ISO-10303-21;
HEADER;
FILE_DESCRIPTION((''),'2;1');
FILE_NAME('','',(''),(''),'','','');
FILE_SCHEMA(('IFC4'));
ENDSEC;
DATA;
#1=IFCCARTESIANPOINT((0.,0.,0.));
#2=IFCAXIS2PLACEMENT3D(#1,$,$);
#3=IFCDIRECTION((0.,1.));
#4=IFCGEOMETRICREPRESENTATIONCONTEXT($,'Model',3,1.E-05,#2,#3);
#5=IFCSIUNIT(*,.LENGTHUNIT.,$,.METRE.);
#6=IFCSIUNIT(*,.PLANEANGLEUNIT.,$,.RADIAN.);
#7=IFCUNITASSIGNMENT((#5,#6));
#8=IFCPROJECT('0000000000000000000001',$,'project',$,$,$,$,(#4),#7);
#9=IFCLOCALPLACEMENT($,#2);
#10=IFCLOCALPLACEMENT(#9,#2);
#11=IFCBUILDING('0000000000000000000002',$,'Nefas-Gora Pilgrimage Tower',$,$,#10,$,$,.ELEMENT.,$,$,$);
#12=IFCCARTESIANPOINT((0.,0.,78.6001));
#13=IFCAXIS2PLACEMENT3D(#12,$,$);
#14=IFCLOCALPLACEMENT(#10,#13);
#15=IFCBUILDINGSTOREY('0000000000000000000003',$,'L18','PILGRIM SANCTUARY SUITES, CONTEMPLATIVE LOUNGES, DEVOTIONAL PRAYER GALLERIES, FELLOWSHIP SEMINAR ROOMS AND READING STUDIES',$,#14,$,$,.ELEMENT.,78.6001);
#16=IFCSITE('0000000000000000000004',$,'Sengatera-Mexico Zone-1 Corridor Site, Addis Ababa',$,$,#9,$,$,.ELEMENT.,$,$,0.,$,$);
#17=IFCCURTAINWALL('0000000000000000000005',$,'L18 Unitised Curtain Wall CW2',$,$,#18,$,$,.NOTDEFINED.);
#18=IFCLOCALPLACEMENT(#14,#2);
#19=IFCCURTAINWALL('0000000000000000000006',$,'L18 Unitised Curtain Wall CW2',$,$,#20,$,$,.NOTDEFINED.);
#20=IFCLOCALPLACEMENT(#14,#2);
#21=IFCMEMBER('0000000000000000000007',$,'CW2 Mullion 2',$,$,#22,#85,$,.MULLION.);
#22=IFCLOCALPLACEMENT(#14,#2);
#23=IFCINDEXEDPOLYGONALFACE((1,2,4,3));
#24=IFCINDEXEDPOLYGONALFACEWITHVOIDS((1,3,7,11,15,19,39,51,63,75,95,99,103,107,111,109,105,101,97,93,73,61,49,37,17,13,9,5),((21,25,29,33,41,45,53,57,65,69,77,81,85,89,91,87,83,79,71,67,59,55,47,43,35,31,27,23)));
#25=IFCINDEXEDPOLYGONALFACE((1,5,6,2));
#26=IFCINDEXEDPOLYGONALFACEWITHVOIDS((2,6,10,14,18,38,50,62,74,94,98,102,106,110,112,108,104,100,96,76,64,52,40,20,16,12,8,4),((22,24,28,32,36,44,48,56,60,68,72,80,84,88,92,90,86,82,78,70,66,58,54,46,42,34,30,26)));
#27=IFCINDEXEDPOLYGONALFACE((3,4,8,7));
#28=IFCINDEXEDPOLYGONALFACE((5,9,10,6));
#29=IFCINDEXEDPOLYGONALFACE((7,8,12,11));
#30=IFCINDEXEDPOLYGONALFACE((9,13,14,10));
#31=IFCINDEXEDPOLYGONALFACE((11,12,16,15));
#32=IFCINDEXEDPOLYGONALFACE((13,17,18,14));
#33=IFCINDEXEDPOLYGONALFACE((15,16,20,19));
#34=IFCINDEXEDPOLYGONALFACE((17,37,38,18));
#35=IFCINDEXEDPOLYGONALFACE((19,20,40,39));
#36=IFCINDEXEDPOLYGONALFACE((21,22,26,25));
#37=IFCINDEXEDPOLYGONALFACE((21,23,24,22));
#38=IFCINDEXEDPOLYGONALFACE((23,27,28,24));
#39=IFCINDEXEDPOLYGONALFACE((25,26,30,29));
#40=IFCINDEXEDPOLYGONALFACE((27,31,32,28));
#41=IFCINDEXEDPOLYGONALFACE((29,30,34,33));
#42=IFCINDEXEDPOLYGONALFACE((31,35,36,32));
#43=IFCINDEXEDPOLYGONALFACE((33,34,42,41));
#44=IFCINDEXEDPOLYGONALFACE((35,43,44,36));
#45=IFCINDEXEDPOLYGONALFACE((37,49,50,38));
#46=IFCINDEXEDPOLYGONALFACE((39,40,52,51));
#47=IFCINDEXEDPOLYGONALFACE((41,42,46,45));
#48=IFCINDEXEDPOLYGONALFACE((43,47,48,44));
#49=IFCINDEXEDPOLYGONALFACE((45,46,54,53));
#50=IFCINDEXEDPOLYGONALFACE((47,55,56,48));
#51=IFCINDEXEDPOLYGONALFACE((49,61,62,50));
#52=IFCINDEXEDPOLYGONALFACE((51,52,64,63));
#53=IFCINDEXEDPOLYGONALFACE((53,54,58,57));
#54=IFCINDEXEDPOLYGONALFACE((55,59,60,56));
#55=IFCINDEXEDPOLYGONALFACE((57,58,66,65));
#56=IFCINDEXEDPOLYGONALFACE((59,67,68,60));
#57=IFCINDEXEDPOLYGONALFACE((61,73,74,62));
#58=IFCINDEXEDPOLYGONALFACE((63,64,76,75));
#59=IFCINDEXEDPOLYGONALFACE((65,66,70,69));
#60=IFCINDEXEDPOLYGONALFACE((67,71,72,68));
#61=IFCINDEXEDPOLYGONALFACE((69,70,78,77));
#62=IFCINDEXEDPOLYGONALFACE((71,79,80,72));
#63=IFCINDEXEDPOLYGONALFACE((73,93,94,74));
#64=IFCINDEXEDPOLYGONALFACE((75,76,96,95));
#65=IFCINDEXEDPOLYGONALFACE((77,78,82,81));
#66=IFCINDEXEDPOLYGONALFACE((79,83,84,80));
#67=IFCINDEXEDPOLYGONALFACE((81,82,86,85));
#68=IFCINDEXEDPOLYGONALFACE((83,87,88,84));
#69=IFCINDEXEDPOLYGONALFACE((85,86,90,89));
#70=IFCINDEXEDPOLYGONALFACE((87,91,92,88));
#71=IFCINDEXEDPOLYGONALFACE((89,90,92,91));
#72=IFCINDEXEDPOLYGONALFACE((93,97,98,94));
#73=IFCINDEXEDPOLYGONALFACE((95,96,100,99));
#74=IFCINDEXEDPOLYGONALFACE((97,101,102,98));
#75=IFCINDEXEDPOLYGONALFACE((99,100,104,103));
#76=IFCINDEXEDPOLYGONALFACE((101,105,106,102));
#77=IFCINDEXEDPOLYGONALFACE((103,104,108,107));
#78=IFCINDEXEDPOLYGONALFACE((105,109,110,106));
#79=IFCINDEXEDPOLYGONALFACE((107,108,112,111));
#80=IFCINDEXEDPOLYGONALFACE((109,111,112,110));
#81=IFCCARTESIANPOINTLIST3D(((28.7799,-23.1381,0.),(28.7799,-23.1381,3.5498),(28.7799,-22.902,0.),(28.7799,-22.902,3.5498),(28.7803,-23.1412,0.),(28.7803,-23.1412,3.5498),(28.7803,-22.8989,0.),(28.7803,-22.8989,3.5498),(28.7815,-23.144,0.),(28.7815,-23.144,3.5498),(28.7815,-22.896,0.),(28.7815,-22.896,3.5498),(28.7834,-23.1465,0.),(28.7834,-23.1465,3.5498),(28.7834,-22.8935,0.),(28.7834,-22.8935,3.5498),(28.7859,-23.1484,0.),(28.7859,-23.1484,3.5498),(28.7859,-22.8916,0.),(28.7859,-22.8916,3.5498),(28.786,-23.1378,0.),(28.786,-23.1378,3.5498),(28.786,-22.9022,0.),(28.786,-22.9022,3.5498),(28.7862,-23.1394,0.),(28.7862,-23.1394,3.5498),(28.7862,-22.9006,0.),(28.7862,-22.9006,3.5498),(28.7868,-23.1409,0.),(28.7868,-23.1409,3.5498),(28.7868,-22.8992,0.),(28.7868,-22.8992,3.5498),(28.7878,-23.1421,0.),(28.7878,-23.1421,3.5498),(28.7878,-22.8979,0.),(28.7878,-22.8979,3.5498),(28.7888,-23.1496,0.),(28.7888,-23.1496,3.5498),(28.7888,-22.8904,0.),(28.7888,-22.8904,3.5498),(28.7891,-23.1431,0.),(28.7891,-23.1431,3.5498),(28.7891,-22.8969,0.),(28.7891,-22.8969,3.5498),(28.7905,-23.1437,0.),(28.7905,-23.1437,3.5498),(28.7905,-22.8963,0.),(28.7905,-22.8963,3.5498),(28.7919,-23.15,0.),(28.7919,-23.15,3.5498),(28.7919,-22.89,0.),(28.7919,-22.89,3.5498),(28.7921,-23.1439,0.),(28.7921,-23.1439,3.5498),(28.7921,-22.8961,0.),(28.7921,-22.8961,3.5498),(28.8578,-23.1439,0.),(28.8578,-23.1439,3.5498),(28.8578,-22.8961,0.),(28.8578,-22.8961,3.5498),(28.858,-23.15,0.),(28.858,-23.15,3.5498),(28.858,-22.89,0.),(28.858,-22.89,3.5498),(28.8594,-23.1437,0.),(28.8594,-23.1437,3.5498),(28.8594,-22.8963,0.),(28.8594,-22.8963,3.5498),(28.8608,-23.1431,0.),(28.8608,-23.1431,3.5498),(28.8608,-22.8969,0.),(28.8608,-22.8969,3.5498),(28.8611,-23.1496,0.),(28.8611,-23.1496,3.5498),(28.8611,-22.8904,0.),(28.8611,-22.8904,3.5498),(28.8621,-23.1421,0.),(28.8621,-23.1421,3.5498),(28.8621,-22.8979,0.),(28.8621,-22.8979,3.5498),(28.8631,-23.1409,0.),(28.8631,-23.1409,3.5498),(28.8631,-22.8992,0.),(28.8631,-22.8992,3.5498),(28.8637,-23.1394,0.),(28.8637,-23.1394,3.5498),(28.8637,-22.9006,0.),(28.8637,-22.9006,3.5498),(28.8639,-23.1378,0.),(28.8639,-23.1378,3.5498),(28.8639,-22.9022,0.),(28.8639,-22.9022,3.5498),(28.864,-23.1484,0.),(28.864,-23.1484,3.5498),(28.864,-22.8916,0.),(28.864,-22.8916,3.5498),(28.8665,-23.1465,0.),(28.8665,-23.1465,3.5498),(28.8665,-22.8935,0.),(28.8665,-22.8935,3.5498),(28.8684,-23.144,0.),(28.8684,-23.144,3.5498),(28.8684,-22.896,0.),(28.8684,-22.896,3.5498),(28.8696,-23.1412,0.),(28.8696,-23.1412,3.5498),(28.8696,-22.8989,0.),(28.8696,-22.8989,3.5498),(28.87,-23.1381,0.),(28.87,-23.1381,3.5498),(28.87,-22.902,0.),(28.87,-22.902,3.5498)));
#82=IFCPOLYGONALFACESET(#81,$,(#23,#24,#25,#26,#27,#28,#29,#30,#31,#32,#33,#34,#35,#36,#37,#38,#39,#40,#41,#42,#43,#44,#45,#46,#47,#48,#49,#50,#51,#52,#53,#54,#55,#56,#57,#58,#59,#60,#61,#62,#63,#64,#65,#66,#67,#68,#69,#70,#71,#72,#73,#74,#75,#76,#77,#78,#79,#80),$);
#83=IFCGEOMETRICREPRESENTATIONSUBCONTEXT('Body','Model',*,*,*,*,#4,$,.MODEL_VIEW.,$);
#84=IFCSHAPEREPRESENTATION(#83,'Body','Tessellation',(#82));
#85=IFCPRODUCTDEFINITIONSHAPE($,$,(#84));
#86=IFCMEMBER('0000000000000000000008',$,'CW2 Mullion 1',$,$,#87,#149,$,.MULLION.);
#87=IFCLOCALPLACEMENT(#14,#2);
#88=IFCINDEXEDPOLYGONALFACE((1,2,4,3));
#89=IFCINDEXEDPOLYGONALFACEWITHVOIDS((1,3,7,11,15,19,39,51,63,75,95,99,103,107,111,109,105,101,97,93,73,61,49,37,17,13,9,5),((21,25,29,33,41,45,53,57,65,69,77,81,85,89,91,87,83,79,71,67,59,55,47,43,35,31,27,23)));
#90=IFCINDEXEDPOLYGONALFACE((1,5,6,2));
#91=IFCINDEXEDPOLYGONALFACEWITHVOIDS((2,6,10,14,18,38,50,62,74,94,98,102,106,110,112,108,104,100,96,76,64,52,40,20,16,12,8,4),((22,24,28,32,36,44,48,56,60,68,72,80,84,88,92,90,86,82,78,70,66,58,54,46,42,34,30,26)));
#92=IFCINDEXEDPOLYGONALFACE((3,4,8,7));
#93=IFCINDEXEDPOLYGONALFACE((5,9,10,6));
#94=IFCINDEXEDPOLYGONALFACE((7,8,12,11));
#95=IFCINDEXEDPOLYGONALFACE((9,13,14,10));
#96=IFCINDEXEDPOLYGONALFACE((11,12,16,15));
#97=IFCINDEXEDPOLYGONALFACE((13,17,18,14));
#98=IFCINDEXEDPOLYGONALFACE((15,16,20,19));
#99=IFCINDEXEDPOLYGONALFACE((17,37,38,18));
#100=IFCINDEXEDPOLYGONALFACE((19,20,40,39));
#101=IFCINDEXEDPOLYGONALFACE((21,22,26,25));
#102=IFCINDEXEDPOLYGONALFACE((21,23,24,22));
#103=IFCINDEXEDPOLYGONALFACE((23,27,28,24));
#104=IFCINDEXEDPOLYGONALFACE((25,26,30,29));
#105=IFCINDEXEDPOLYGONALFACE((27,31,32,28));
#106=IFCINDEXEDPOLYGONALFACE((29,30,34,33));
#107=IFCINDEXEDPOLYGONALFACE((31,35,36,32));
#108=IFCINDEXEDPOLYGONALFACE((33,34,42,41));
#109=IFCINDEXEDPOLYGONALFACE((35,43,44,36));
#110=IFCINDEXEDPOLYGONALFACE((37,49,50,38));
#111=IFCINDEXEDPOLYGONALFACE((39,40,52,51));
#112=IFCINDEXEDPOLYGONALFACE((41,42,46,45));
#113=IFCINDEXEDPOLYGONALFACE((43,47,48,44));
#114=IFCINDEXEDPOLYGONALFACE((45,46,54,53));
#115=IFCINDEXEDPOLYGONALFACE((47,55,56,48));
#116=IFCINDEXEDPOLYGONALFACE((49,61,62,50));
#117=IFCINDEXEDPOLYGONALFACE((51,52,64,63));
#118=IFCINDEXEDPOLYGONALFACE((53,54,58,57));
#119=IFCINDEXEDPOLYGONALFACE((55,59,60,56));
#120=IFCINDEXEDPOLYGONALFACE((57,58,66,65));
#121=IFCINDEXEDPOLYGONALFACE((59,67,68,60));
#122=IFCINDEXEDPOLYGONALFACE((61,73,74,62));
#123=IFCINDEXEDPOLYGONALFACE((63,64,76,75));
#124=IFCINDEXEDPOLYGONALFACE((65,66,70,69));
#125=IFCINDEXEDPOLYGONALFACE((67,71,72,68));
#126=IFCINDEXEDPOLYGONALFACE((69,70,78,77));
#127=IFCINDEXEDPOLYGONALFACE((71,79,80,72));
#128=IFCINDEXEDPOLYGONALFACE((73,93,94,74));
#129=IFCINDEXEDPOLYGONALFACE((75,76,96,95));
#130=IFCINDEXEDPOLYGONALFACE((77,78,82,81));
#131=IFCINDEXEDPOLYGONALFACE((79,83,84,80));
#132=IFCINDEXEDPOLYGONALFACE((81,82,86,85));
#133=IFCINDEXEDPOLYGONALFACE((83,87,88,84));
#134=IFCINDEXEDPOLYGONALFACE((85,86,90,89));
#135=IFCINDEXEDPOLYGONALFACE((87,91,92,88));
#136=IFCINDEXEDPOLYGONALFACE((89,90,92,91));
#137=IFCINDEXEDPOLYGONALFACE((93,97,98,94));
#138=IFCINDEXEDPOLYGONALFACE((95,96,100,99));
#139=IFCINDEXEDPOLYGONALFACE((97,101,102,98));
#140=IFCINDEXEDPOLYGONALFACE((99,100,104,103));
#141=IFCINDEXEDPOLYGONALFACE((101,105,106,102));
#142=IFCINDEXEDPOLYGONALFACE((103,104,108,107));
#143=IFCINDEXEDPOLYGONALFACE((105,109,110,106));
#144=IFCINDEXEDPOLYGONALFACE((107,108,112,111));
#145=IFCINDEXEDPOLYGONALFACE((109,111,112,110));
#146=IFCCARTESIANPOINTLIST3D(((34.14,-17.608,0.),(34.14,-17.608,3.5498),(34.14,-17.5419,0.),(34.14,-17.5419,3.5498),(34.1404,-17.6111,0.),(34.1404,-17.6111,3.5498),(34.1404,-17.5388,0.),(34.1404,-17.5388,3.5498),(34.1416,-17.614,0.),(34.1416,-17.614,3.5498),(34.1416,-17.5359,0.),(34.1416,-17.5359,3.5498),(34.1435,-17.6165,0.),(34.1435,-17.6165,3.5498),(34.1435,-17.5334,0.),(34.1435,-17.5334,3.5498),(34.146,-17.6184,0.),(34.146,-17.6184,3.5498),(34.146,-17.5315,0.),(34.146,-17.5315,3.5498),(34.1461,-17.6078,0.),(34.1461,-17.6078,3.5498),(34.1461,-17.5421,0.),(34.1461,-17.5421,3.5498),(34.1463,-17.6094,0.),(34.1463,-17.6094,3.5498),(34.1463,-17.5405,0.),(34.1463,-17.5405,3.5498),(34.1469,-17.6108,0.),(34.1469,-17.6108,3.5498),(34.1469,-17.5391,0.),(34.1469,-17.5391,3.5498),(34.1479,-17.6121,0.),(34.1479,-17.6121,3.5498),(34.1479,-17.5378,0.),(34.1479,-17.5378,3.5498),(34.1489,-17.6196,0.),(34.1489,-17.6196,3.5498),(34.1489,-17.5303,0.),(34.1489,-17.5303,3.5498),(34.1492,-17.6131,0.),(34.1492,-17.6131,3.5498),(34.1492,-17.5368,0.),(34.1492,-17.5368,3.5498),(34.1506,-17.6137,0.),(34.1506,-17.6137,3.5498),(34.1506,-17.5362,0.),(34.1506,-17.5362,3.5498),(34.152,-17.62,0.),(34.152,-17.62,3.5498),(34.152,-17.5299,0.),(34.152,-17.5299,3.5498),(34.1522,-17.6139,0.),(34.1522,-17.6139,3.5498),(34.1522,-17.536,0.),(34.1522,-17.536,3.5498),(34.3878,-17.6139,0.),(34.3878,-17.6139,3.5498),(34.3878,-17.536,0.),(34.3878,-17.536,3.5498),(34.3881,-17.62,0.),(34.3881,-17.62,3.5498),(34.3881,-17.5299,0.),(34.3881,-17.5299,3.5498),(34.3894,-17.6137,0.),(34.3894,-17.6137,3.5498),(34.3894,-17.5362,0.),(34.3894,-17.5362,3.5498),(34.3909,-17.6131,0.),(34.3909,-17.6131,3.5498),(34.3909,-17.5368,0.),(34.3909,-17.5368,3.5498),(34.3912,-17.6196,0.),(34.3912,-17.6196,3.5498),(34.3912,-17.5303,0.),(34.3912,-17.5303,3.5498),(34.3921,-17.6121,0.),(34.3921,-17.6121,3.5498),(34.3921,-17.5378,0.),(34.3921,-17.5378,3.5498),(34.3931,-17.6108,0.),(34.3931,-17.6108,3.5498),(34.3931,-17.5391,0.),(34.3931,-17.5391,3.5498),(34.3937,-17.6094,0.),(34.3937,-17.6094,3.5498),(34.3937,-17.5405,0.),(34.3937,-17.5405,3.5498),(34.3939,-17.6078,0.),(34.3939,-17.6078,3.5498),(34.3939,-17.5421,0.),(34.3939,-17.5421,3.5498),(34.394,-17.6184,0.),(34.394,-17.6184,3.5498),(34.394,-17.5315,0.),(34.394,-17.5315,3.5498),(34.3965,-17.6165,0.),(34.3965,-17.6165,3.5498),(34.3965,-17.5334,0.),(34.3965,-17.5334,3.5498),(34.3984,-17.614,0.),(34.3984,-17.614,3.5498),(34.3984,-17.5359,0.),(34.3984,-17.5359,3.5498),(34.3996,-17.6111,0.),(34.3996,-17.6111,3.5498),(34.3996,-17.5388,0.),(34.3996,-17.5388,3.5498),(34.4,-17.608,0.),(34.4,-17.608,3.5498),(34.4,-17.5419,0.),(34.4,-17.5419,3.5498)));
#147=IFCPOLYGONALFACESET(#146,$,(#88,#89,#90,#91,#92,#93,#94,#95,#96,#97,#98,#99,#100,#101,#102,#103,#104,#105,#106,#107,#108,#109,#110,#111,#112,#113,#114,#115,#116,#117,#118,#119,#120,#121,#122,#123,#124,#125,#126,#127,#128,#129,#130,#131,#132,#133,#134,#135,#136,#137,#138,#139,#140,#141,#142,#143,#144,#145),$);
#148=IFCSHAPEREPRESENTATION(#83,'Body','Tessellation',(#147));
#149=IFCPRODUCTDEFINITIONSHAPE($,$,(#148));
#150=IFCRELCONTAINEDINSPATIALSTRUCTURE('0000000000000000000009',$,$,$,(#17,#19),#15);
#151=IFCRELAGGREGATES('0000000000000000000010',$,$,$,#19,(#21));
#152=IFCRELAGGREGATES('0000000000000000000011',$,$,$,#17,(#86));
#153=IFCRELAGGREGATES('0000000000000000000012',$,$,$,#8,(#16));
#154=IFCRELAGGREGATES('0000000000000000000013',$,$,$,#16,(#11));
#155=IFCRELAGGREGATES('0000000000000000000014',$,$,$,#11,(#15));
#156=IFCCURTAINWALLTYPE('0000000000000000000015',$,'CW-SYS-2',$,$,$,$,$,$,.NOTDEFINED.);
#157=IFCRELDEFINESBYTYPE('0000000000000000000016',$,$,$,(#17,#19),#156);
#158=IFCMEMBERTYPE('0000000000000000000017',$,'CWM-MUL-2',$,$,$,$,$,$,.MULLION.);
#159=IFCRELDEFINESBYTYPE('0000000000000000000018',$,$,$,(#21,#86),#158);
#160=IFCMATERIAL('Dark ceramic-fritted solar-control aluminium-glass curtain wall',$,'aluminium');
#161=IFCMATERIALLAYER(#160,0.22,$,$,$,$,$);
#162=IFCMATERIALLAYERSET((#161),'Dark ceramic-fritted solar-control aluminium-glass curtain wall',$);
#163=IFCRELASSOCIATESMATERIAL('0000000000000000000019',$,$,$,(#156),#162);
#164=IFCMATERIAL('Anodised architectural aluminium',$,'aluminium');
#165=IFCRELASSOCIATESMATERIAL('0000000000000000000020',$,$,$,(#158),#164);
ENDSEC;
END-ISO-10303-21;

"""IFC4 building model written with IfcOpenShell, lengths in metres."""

from ifc_helpers import new_model, si_unit, direction, frame, origin, origin_2d, place, context, subcontext, project, spatial, hollow_rectangle, extrude, source, transform, mapped, material, layer, layer_set, material_profile, profile_set, type_object, element, aggregate, save


model = new_model("IFC4")

# Units and contexts
model_context = context("Model", 3, precision=1e-05, world=origin(), true_north=direction((0.0, 1.0)))
body_context = subcontext(model_context, "Body", "Model", "MODEL_VIEW")
ifc_project = project(units=[si_unit("LENGTHUNIT", "METRE"), si_unit("PLANEANGLEUNIT", "RADIAN")], contexts=[model_context])

# Site, building, storey
site_placement = place(None, origin())
site = spatial("IfcSite", under=ifc_project, at=site_placement, Name="Sengatera-Mexico Zone-1 Corridor Site, Addis Ababa", CompositionType="ELEMENT", RefElevation=0.0)
building_placement = place(site_placement, origin())
building = spatial("IfcBuilding", under=site, at=building_placement, Name="Nefas-Gora Pilgrimage Tower", CompositionType="ELEMENT")
storey_placement = place(building_placement, frame((0.0, 0.0, 78.6001)))
storey = spatial("IfcBuildingStorey", under=building, at=storey_placement, Name="L18", Description="PILGRIM SANCTUARY SUITES, CONTEMPLATIVE LOUNGES, DEVOTIONAL PRAYER GALLERIES, FELLOWSHIP SEMINAR ROOMS AND READING STUDIES", CompositionType="ELEMENT", Elevation=78.6001)

# Curtain walls, member
ifc_material_1 = material(Name="Dark ceramic-fritted solar-control aluminium-glass curtain wall", Category="aluminium")
ifc_layer_1 = layer(ifc_material_1, 0.22)
ifc_layer_set_1 = layer_set([ifc_layer_1], Name="Dark ceramic-fritted solar-control aluminium-glass curtain wall")
curtain_wall_type = type_object("IfcCurtainWallType", Name="CW-SYS-2", PredefinedType="NOTDEFINED", material=ifc_layer_set_1)
curtain_wall_1_placement = place(storey_placement, origin())
curtain_wall_1 = element("IfcCurtainWall", 1, at=curtain_wall_1_placement, inside=storey, type_object=curtain_wall_type, Name="L18 Unitised Curtain Wall CW2", PredefinedType="NOTDEFINED")
ifc_material_2 = material(Name="Anodised architectural aluminium", Category="aluminium")
curtain_wall_2_placement = place(storey_placement, origin())
curtain_wall_2 = element("IfcCurtainWall", 2, at=curtain_wall_2_placement, inside=storey, type_object=curtain_wall_type, Name="L18 Unitised Curtain Wall CW2", PredefinedType="NOTDEFINED")
ifc_material_profile_1 = material_profile(ifc_material_2, hollow_rectangle(XDim=0.0901, YDim=0.26, WallThickness=0.0061, InnerFilletRadius=0.0061, OuterFilletRadius=0.012, at=origin_2d()), Name="ALU MULLION 90x260")
ifc_profile_set_1 = profile_set([ifc_material_profile_1], Name="Anodised architectural aluminium")
member_type_1 = type_object("IfcMemberType", Name="CWM-MUL-2", PredefinedType="MULLION", material=ifc_profile_set_1)
shared_shape_1 = source(origin(), body_context, "Body", "SweptSolid", [
    extrude(hollow_rectangle(XDim=0.0901, YDim=0.26, WallThickness=0.0061, InnerFilletRadius=0.0061, OuterFilletRadius=0.012, at=origin_2d()), origin(), (0.0, 0.0, 1.0), 3.5498),
])
member_1_placement = place(storey_placement, frame((28.825, -23.02, 0.0), z_axis=(0.0, 0.0, 1.0), x_axis=(1.0, 0.0, 0.0)))
member_1 = element("IfcMember", 3, at=member_1_placement, type_object=member_type_1, Name="CW2 Mullion 2", PredefinedType="MULLION", context=body_context, shape_type="MappedRepresentation", body=[
    mapped(shared_shape_1, transform((0.0, 0.0, 0.0), x_axis=(1.0, 0.0, 0.0), y_axis=(0.0, 1.0, 0.0), z_axis=(0.0, 0.0, 1.0), scale=1.0)),
])

# Member
member_2_placement = place(storey_placement, frame((34.27, -17.575, 0.0), z_axis=(0.0, 0.0, 1.0), x_axis=(0.0, 1.0, 0.0)))
member_2 = element("IfcMember", 4, at=member_2_placement, type_object=member_type_1, Name="CW2 Mullion 1", PredefinedType="MULLION", context=body_context, shape_type="MappedRepresentation", body=[
    mapped(shared_shape_1, transform((0.0, 0.0, 0.0), x_axis=(1.0, 0.0, 0.0), y_axis=(0.0, 1.0, 0.0), z_axis=(0.0, 0.0, 1.0), scale=1.0)),
])

aggregate(curtain_wall_2, [member_1])
aggregate(curtain_wall_1, [member_2])

save(model, "model.ifc")
